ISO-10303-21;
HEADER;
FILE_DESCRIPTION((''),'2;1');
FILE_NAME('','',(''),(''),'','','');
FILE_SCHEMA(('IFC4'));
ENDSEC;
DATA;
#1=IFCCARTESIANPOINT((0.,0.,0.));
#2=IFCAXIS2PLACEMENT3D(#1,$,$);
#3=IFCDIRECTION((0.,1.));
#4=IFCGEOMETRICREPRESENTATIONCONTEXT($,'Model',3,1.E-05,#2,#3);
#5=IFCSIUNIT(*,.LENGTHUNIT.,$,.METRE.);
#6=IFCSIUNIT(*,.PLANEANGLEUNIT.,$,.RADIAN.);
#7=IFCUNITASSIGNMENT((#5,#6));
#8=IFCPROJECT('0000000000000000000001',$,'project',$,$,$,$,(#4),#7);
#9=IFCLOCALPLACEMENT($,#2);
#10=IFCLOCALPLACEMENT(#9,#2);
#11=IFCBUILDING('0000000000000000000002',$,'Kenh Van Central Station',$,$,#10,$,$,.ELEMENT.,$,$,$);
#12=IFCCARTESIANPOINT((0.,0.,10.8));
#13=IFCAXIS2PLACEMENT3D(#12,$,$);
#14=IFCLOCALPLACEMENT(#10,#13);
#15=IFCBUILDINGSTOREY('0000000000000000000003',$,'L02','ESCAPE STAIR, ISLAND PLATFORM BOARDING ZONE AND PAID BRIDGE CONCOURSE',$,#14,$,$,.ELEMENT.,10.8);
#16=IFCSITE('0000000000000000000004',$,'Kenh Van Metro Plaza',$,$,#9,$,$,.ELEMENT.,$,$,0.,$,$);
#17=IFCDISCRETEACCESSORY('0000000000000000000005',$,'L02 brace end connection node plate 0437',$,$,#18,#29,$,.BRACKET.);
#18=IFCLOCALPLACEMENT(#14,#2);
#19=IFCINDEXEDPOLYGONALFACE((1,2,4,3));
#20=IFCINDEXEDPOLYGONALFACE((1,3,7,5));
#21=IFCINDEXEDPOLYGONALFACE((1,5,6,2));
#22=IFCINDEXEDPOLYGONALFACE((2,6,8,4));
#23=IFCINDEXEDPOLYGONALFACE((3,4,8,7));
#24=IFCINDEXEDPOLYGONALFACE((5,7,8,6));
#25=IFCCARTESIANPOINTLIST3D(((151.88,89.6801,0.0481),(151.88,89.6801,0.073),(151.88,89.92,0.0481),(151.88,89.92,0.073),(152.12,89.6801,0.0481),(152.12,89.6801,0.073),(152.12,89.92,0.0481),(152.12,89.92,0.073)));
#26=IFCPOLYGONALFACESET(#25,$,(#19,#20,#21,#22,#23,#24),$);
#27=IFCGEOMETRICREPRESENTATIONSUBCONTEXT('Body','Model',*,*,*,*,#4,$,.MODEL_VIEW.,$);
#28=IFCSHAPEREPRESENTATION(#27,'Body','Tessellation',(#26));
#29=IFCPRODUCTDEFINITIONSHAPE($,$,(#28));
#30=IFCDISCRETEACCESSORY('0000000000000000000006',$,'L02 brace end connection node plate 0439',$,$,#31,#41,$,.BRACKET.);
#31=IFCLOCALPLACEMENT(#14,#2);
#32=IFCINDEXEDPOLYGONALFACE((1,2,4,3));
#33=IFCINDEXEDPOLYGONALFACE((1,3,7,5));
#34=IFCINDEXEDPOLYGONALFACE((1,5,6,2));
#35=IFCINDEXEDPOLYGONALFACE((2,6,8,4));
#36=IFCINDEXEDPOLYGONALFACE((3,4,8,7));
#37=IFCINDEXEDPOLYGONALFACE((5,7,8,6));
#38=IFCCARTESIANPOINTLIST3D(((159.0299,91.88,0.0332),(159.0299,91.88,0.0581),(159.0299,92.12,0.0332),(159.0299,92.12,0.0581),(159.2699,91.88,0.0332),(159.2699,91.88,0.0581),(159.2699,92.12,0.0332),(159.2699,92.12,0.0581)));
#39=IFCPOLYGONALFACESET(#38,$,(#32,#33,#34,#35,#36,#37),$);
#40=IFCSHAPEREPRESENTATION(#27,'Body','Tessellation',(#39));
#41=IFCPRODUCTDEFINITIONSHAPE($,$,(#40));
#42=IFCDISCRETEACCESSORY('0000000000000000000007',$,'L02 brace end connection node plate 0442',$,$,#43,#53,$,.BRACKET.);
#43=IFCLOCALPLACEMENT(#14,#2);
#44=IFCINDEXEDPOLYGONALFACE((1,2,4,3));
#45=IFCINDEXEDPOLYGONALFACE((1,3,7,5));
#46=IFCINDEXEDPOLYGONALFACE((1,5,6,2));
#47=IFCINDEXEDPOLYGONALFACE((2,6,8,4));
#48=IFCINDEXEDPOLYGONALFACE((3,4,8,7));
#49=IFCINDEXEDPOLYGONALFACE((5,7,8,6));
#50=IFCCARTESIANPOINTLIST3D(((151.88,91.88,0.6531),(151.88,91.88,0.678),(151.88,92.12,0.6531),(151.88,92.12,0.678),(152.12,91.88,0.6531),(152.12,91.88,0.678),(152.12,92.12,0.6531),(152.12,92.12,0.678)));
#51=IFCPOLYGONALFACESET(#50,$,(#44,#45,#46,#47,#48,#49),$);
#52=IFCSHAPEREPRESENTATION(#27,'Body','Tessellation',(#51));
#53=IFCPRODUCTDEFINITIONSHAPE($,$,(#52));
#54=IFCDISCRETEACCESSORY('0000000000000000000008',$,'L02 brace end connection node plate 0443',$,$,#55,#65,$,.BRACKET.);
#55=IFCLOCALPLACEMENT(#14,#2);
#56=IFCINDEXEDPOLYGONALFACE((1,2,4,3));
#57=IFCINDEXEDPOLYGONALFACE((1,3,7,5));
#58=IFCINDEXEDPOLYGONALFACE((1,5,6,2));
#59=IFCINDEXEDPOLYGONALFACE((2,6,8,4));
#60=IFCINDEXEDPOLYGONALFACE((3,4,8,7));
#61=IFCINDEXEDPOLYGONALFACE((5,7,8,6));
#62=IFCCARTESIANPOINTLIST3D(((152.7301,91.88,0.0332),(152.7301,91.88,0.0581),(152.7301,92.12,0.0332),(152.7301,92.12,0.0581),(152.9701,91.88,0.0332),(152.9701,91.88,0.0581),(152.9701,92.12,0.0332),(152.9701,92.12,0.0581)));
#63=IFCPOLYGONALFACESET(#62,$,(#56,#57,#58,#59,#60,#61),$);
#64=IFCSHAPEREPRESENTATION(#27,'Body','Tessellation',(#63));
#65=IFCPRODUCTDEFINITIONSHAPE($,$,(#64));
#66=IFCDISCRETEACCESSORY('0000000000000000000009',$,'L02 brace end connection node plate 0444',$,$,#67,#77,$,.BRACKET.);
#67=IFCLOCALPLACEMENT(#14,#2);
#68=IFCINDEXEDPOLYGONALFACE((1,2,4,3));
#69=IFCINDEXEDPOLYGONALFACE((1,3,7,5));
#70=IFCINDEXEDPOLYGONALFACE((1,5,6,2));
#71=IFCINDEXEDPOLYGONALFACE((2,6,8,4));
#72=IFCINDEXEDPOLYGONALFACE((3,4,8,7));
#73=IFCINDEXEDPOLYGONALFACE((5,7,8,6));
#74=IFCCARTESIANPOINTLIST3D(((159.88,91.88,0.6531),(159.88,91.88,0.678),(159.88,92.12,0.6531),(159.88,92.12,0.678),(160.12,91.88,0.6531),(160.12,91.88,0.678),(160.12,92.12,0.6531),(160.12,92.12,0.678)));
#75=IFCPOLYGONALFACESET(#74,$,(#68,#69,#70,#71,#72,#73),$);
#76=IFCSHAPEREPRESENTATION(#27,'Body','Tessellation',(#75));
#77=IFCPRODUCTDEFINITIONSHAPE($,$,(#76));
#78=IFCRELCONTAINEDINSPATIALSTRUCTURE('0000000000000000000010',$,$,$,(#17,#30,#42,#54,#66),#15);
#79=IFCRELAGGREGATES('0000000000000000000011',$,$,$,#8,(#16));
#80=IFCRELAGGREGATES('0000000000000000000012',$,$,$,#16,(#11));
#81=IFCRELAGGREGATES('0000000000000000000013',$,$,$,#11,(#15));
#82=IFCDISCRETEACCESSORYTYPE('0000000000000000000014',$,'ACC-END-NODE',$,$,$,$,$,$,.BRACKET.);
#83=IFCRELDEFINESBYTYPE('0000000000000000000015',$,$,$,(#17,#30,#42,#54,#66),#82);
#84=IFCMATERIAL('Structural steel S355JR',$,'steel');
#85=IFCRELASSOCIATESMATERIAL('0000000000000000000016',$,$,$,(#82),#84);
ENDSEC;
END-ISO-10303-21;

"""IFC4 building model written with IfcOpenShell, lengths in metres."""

from ifc_helpers import new_model, si_unit, direction, frame, origin, origin_2d, place, context, subcontext, project, spatial, rectangle, extrude, material, type_object, element, save


model = new_model("IFC4")

# Units and contexts
model_context = context("Model", 3, precision=1e-05, world=origin(), true_north=direction((0.0, 1.0)))
body_context = subcontext(model_context, "Body", "Model", "MODEL_VIEW")
ifc_project = project(units=[si_unit("LENGTHUNIT", "METRE"), si_unit("PLANEANGLEUNIT", "RADIAN")], contexts=[model_context])

# Site, building, storey
site_placement = place(None, origin())
site = spatial("IfcSite", under=ifc_project, at=site_placement, Name="Kenh Van Metro Plaza", CompositionType="ELEMENT", RefElevation=0.0)
building_placement = place(site_placement, origin())
building = spatial("IfcBuilding", under=site, at=building_placement, Name="Kenh Van Central Station", CompositionType="ELEMENT")
storey_placement = place(building_placement, frame((0.0, 0.0, 10.8)))
storey = spatial("IfcBuildingStorey", under=building, at=storey_placement, Name="L02", Description="ESCAPE STAIR, ISLAND PLATFORM BOARDING ZONE AND PAID BRIDGE CONCOURSE", CompositionType="ELEMENT", Elevation=10.8)

# Discrete accessories
ifc_material_1 = material(Name="Structural steel S355JR", Category="steel")
discrete_accessory_type = type_object("IfcDiscreteAccessoryType", Name="ACC-END-NODE", PredefinedType="BRACKET", material=ifc_material_1)
for number, where, z_axis, x_axis, name in (
    (1, (152.0, 89.8, 0.0481), (0.0, 0.0, 1.0), (1.0, 0.0, 0.0), "L02 brace end connection node plate 0437"),
    (2, (159.1499, 92.0, 0.0332), (0.0, 0.0, 1.0), (1.0, 0.0, 0.0), "L02 brace end connection node plate 0439"),
    (3, (152.0, 92.0, 0.6531), (0.0, 0.0, 1.0), (1.0, 0.0, 0.0), "L02 brace end connection node plate 0442"),
    (4, (152.8501, 92.0, 0.0332), (0.0, 0.0, 1.0), (1.0, 0.0, 0.0), "L02 brace end connection node plate 0443"),
    (5, (160.0, 92.0, 0.6531), (0.0, 0.0, 1.0), (1.0, 0.0, 0.0), "L02 brace end connection node plate 0444"),
):
    element("IfcDiscreteAccessory", number, at=place(storey_placement, frame(where, z_axis=z_axis, x_axis=x_axis)), inside=storey, type_object=discrete_accessory_type, Name=name, PredefinedType="BRACKET", context=body_context, shape_type="SweptSolid", body=[
        extrude(rectangle(XDim=0.24, YDim=0.24, at=origin_2d()), origin(), (0.0, 0.0, 1.0), 0.0249),
    ])

save(model, "model.ifc")
